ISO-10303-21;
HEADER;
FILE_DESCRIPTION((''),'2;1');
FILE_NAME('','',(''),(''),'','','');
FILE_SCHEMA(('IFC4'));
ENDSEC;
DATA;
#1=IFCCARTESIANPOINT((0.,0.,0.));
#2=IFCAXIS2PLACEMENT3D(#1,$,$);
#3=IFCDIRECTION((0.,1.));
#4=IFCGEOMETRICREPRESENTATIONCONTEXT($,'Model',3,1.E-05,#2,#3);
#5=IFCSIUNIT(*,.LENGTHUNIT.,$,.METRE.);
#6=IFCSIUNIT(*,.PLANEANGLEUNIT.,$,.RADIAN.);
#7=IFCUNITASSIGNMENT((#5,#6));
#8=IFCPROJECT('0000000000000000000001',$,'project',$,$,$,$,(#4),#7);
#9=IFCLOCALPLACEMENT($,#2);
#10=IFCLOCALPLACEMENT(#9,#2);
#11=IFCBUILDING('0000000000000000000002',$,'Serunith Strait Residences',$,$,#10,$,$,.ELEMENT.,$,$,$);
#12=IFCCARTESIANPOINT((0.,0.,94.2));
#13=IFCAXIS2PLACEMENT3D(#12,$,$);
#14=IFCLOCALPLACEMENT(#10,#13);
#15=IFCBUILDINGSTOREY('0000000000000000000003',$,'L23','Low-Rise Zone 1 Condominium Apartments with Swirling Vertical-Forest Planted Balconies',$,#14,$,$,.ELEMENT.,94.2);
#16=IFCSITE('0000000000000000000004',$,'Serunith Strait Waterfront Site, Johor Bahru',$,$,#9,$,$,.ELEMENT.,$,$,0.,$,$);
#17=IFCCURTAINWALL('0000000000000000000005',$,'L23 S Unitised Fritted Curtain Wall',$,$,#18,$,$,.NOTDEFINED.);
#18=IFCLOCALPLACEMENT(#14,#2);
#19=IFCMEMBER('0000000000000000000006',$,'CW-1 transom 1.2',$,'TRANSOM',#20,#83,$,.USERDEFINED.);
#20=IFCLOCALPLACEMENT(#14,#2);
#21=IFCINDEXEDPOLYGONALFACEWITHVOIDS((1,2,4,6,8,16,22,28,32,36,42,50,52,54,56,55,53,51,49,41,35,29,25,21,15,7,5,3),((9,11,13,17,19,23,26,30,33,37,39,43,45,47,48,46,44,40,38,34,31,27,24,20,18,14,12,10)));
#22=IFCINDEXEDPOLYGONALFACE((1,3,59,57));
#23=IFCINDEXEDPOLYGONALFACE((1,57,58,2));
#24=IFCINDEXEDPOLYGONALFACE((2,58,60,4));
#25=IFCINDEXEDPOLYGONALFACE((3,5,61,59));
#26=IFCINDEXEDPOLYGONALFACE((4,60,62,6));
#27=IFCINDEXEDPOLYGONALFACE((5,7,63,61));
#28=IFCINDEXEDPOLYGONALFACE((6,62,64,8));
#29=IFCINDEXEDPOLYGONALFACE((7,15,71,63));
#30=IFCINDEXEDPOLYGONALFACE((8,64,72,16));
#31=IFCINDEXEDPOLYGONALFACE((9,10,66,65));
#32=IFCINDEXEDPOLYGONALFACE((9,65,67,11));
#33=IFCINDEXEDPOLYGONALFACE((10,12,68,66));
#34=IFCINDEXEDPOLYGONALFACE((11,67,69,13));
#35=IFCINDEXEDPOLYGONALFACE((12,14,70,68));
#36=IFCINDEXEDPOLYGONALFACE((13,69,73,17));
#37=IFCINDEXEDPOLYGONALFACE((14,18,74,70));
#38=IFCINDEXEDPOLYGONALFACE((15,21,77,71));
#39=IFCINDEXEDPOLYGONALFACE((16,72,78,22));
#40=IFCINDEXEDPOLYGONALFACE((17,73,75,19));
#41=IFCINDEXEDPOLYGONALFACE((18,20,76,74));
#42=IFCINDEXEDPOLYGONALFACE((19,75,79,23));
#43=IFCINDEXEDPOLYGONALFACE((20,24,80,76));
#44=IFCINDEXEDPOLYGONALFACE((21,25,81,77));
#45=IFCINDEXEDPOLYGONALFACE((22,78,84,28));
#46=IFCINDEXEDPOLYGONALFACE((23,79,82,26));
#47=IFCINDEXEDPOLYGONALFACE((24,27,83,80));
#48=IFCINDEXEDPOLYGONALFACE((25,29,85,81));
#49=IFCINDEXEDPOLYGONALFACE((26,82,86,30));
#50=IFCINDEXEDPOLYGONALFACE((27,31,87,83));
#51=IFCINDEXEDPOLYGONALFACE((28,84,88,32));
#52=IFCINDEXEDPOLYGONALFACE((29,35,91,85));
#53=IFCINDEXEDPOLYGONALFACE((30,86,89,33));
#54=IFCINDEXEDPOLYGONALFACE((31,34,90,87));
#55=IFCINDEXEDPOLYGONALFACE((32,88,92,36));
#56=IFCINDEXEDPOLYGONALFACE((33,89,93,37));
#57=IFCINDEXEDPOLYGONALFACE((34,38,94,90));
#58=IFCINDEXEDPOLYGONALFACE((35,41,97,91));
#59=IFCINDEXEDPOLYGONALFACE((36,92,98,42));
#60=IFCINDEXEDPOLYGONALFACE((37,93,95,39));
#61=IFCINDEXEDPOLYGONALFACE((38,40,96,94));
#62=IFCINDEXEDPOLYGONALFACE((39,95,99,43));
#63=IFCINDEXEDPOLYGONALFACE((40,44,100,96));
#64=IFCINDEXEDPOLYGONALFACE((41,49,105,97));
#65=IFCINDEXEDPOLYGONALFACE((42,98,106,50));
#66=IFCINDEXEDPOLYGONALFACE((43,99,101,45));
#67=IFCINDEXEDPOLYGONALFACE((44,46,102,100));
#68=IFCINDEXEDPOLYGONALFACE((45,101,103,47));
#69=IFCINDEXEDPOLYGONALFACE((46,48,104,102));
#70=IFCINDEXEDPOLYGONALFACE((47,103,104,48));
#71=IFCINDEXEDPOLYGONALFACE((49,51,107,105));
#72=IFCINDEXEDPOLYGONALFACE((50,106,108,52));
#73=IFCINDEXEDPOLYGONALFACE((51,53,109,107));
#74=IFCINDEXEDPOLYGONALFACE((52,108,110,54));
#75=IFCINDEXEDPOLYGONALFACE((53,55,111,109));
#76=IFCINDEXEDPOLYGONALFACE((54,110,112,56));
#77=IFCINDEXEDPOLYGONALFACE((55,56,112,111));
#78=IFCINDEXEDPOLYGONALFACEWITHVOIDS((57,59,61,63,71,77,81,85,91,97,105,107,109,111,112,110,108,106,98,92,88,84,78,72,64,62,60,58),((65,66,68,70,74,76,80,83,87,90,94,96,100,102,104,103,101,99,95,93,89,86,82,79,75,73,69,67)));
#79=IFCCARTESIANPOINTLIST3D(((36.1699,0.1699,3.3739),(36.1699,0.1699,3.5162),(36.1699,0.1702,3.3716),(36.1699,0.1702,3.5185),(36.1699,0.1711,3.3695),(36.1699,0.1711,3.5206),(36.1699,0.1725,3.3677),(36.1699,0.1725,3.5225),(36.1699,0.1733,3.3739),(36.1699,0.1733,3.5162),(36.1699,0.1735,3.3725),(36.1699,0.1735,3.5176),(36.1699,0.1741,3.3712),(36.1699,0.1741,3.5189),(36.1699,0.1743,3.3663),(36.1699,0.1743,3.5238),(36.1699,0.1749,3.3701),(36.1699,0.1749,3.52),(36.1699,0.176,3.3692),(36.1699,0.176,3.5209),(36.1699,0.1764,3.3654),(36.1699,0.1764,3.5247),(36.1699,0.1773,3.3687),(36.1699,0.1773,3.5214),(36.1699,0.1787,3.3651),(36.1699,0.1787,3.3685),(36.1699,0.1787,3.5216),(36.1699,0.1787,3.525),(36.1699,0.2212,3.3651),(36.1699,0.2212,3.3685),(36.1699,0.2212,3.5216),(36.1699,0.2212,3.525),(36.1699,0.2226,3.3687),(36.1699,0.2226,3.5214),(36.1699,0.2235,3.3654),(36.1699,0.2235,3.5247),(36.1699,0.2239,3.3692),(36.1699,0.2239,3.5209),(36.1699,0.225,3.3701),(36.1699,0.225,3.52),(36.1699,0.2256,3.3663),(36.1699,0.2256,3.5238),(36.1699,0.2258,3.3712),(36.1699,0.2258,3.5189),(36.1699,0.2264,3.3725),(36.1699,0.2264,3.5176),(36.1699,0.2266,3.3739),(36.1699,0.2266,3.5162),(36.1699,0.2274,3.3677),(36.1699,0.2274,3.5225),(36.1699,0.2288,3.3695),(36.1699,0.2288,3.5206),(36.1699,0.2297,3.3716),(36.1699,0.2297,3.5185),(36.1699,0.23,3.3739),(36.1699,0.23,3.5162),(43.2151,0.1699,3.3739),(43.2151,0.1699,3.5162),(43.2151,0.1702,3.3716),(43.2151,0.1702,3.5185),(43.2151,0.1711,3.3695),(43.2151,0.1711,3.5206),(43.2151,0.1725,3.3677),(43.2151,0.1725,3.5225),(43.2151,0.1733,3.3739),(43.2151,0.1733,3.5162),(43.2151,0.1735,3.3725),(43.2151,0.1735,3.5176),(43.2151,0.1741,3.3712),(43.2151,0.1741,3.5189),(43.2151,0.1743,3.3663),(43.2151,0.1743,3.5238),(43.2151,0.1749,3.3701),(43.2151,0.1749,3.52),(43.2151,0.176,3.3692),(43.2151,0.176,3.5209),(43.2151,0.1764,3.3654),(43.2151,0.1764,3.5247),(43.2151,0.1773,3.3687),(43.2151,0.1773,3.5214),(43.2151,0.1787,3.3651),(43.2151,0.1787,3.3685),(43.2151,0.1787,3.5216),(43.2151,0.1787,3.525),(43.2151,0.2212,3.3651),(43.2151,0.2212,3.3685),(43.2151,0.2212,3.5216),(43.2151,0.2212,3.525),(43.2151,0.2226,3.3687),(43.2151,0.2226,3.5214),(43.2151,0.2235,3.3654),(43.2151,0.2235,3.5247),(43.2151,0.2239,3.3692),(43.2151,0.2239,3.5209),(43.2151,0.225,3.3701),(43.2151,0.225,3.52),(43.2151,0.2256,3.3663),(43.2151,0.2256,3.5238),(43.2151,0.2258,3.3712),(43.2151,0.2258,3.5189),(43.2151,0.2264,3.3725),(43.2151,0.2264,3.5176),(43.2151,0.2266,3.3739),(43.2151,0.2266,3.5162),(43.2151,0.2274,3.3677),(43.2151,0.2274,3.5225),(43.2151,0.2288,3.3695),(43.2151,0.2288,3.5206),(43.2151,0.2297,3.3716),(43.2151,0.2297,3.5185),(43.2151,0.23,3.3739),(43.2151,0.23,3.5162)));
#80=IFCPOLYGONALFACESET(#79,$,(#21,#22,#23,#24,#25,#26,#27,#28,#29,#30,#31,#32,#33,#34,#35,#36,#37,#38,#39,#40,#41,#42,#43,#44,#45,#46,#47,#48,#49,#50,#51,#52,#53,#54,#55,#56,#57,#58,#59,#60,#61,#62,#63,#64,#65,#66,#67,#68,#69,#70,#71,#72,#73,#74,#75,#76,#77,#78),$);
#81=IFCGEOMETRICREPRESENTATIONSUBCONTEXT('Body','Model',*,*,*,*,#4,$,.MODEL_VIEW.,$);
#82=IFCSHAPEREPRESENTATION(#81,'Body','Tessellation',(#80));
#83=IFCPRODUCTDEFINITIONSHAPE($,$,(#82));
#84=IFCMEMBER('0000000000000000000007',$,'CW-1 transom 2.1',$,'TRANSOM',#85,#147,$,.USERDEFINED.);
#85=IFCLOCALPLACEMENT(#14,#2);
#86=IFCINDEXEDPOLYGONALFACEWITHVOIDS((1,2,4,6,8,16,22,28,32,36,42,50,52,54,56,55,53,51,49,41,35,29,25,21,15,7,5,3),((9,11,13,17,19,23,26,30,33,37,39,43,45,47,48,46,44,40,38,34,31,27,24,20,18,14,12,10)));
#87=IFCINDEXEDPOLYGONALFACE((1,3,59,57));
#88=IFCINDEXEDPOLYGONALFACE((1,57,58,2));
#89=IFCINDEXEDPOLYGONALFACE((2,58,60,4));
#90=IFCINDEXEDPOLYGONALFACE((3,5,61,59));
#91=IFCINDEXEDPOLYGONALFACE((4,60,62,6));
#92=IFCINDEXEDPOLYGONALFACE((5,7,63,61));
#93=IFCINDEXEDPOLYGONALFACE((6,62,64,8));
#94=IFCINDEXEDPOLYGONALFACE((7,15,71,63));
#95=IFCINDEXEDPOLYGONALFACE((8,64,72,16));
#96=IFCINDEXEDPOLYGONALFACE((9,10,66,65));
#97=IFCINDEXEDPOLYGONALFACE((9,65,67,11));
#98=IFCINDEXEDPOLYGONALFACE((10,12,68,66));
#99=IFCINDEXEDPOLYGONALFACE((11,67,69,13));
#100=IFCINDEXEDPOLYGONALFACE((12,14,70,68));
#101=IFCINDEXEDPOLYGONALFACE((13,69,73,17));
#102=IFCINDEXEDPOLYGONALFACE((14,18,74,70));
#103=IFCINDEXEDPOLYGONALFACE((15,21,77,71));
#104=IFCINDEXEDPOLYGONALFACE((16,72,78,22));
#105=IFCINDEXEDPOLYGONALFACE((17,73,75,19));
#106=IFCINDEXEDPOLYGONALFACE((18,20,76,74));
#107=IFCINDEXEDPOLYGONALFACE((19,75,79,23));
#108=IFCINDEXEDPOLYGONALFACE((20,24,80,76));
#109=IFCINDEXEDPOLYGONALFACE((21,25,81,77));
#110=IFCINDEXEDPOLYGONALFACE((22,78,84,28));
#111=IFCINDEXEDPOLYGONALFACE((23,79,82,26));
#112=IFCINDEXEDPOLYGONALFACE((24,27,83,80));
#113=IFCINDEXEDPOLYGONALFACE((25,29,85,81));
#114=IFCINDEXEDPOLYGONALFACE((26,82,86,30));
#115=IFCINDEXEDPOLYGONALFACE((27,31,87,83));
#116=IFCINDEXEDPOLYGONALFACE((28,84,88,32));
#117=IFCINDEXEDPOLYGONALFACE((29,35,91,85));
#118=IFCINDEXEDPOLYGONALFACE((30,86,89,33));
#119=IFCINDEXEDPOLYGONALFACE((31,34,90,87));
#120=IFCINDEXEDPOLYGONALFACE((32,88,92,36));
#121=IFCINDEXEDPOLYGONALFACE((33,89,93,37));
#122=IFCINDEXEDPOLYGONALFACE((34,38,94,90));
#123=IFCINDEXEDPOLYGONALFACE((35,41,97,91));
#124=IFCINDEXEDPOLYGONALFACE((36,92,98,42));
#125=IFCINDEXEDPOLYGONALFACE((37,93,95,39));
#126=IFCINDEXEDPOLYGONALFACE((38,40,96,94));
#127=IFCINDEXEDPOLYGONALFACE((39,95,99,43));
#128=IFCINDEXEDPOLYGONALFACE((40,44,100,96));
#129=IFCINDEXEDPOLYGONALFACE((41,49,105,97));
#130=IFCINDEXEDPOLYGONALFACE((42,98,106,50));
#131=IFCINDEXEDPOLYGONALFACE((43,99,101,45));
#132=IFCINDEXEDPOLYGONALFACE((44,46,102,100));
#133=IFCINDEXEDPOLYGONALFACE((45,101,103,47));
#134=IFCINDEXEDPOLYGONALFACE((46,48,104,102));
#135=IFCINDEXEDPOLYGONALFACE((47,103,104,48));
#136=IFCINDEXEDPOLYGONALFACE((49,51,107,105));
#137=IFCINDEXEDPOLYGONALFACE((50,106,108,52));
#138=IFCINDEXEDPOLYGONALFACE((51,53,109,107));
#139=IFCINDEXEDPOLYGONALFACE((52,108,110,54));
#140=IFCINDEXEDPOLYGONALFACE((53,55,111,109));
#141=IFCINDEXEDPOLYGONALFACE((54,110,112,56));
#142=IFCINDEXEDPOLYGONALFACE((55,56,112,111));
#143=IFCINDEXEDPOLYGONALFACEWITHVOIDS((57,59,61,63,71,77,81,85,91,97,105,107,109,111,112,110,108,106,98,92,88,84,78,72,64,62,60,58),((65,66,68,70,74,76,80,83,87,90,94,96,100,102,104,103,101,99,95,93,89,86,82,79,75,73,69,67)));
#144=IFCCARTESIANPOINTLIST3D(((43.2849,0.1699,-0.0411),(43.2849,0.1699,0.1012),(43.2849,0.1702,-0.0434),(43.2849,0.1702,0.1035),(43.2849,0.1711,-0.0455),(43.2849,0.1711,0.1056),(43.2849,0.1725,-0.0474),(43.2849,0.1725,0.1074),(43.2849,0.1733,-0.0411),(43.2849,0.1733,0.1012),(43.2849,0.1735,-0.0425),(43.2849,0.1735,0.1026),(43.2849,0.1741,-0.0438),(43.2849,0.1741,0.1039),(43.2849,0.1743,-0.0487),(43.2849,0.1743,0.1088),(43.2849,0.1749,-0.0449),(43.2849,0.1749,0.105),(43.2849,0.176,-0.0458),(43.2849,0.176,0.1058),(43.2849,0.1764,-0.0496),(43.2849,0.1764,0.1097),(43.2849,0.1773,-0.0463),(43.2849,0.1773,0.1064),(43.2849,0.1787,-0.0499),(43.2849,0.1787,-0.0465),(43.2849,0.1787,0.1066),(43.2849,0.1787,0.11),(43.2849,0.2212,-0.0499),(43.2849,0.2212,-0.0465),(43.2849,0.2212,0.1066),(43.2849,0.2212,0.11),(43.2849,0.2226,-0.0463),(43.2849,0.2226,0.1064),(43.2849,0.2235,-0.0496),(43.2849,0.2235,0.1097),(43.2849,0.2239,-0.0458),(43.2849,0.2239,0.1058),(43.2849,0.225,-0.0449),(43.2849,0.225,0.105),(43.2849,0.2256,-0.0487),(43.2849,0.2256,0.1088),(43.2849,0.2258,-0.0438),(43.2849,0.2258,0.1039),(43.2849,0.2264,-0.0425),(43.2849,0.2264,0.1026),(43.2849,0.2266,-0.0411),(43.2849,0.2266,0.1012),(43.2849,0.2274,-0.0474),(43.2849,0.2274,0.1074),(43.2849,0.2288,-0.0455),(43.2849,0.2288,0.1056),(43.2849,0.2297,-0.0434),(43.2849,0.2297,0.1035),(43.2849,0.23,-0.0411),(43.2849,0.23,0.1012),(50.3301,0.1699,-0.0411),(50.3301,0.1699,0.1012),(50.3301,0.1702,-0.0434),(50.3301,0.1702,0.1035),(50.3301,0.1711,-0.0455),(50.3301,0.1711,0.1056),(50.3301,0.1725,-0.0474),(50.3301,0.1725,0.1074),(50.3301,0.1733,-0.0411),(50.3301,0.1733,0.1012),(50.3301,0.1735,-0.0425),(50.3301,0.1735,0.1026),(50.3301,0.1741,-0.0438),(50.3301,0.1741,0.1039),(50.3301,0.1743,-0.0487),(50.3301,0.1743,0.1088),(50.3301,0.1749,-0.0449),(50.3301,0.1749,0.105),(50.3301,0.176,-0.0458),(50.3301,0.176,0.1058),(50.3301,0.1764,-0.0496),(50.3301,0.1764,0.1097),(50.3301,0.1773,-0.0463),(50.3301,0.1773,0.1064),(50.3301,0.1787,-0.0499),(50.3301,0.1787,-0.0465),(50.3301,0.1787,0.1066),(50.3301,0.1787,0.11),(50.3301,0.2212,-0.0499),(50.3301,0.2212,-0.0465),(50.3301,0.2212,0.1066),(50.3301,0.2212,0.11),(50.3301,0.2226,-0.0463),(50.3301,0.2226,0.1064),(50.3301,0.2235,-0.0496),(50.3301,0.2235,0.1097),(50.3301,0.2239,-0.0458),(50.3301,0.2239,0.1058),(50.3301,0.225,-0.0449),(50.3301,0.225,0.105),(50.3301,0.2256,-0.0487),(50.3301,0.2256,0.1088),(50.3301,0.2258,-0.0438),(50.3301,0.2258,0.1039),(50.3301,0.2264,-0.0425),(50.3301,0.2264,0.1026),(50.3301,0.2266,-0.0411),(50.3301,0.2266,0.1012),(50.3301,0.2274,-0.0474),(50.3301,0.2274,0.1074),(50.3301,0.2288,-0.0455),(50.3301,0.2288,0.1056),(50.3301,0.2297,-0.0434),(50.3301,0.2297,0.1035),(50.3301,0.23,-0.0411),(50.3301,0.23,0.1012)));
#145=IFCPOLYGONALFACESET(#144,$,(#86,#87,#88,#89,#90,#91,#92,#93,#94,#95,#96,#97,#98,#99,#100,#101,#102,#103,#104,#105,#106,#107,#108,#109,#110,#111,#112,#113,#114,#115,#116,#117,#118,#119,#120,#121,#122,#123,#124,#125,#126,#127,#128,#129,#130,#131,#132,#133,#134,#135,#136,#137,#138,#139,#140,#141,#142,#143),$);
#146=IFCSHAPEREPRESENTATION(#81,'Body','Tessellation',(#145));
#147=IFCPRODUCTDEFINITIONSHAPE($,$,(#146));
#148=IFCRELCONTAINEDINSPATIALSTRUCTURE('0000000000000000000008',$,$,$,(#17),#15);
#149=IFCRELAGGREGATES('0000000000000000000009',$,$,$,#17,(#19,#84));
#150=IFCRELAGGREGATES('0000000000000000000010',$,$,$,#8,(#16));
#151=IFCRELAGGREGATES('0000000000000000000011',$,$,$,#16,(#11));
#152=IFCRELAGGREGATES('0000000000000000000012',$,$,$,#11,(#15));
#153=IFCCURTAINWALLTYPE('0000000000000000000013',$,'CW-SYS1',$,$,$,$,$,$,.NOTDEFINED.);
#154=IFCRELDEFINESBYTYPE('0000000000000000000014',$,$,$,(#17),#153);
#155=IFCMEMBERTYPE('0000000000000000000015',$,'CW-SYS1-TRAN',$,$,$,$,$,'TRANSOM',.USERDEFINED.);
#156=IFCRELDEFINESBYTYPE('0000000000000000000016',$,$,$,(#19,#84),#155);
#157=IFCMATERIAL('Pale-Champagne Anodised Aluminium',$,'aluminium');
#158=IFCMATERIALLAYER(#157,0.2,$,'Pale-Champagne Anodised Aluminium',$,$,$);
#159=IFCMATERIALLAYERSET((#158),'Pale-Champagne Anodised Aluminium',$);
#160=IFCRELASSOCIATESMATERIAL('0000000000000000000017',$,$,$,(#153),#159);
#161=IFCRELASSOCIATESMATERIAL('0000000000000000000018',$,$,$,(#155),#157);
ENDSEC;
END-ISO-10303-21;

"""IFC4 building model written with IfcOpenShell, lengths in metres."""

from ifc_helpers import new_model, si_unit, direction, frame, origin, origin_2d, place, context, subcontext, project, spatial, hollow_rectangle, extrude, source, transform, mapped, material, layer, layer_set, material_profile, profile_set, type_object, element, aggregate, save


model = new_model("IFC4")

# Units and contexts
model_context = context("Model", 3, precision=1e-05, world=origin(), true_north=direction((0.0, 1.0)))
body_context = subcontext(model_context, "Body", "Model", "MODEL_VIEW")
ifc_project = project(units=[si_unit("LENGTHUNIT", "METRE"), si_unit("PLANEANGLEUNIT", "RADIAN")], contexts=[model_context])

# Site, building, storey
site_placement = place(None, origin())
site = spatial("IfcSite", under=ifc_project, at=site_placement, Name="Serunith Strait Waterfront Site, Johor Bahru", CompositionType="ELEMENT", RefElevation=0.0)
building_placement = place(site_placement, origin())
building = spatial("IfcBuilding", under=site, at=building_placement, Name="Serunith Strait Residences", CompositionType="ELEMENT")
storey_placement = place(building_placement, frame((0.0, 0.0, 94.2)))
storey = spatial("IfcBuildingStorey", under=building, at=storey_placement, Name="L23", Description="Low-Rise Zone 1 Condominium Apartments with Swirling Vertical-Forest Planted Balconies", CompositionType="ELEMENT", Elevation=94.2)

# Shared definitions
ifc_material_1 = material(Name="Pale-Champagne Anodised Aluminium", Category="aluminium")
ifc_layer_1 = layer(ifc_material_1, 0.2, Name="Pale-Champagne Anodised Aluminium")
ifc_layer_set_1 = layer_set([ifc_layer_1], Name="Pale-Champagne Anodised Aluminium")
curtain_wall_type = type_object("IfcCurtainWallType", Name="CW-SYS1", PredefinedType="NOTDEFINED", material=ifc_layer_set_1)

# Curtain wall, members
curtain_wall_1_placement = place(storey_placement, origin())
curtain_wall_1 = element("IfcCurtainWall", 1, at=curtain_wall_1_placement, inside=storey, type_object=curtain_wall_type, Name="L23 S Unitised Fritted Curtain Wall", PredefinedType="NOTDEFINED")
ifc_material_profile_1 = material_profile(ifc_material_1, hollow_rectangle(XDim=0.0601, YDim=0.1599, WallThickness=0.0034, InnerFilletRadius=0.0054, OuterFilletRadius=0.0088, at=origin_2d()), Name="ALU 160x60x3.5")
ifc_profile_set_1 = profile_set([ifc_material_profile_1], Name="Pale-Champagne Anodised Aluminium")
member_type_1 = type_object("IfcMemberType", Name="CW-SYS1-TRAN", ElementType="TRANSOM", PredefinedType="USERDEFINED", material=ifc_profile_set_1)
shared_shape_1 = source(origin(), body_context, "Body", "SweptSolid", [
    extrude(hollow_rectangle(XDim=0.0601, YDim=0.1599, WallThickness=0.0034, InnerFilletRadius=0.0054, OuterFilletRadius=0.0088, at=origin_2d()), origin(), (0.0, 0.0, 1.0), 7.0452),
])
member_1_placement = place(storey_placement, frame((36.1699, 0.2, 3.4451), z_axis=(1.0, 0.0, 0.0), x_axis=(0.0, 1.0, 0.0)))
member_1 = element("IfcMember", 2, at=member_1_placement, type_object=member_type_1, Name="CW-1 transom 1.2", ObjectType="TRANSOM", PredefinedType="USERDEFINED", context=body_context, shape_type="MappedRepresentation", body=[
    mapped(shared_shape_1, transform((0.0, 0.0, 0.0), scale=1.0)),
])
member_2_placement = place(storey_placement, frame((43.2849, 0.2, 0.03), z_axis=(1.0, 0.0, 0.0), x_axis=(0.0, 1.0, 0.0)))
member_2 = element("IfcMember", 3, at=member_2_placement, type_object=member_type_1, Name="CW-1 transom 2.1", ObjectType="TRANSOM", PredefinedType="USERDEFINED", context=body_context, shape_type="MappedRepresentation", body=[
    mapped(shared_shape_1, transform((0.0, 0.0, 0.0), scale=1.0)),
])
aggregate(curtain_wall_1, [member_1, member_2])

save(model, "model.ifc")
